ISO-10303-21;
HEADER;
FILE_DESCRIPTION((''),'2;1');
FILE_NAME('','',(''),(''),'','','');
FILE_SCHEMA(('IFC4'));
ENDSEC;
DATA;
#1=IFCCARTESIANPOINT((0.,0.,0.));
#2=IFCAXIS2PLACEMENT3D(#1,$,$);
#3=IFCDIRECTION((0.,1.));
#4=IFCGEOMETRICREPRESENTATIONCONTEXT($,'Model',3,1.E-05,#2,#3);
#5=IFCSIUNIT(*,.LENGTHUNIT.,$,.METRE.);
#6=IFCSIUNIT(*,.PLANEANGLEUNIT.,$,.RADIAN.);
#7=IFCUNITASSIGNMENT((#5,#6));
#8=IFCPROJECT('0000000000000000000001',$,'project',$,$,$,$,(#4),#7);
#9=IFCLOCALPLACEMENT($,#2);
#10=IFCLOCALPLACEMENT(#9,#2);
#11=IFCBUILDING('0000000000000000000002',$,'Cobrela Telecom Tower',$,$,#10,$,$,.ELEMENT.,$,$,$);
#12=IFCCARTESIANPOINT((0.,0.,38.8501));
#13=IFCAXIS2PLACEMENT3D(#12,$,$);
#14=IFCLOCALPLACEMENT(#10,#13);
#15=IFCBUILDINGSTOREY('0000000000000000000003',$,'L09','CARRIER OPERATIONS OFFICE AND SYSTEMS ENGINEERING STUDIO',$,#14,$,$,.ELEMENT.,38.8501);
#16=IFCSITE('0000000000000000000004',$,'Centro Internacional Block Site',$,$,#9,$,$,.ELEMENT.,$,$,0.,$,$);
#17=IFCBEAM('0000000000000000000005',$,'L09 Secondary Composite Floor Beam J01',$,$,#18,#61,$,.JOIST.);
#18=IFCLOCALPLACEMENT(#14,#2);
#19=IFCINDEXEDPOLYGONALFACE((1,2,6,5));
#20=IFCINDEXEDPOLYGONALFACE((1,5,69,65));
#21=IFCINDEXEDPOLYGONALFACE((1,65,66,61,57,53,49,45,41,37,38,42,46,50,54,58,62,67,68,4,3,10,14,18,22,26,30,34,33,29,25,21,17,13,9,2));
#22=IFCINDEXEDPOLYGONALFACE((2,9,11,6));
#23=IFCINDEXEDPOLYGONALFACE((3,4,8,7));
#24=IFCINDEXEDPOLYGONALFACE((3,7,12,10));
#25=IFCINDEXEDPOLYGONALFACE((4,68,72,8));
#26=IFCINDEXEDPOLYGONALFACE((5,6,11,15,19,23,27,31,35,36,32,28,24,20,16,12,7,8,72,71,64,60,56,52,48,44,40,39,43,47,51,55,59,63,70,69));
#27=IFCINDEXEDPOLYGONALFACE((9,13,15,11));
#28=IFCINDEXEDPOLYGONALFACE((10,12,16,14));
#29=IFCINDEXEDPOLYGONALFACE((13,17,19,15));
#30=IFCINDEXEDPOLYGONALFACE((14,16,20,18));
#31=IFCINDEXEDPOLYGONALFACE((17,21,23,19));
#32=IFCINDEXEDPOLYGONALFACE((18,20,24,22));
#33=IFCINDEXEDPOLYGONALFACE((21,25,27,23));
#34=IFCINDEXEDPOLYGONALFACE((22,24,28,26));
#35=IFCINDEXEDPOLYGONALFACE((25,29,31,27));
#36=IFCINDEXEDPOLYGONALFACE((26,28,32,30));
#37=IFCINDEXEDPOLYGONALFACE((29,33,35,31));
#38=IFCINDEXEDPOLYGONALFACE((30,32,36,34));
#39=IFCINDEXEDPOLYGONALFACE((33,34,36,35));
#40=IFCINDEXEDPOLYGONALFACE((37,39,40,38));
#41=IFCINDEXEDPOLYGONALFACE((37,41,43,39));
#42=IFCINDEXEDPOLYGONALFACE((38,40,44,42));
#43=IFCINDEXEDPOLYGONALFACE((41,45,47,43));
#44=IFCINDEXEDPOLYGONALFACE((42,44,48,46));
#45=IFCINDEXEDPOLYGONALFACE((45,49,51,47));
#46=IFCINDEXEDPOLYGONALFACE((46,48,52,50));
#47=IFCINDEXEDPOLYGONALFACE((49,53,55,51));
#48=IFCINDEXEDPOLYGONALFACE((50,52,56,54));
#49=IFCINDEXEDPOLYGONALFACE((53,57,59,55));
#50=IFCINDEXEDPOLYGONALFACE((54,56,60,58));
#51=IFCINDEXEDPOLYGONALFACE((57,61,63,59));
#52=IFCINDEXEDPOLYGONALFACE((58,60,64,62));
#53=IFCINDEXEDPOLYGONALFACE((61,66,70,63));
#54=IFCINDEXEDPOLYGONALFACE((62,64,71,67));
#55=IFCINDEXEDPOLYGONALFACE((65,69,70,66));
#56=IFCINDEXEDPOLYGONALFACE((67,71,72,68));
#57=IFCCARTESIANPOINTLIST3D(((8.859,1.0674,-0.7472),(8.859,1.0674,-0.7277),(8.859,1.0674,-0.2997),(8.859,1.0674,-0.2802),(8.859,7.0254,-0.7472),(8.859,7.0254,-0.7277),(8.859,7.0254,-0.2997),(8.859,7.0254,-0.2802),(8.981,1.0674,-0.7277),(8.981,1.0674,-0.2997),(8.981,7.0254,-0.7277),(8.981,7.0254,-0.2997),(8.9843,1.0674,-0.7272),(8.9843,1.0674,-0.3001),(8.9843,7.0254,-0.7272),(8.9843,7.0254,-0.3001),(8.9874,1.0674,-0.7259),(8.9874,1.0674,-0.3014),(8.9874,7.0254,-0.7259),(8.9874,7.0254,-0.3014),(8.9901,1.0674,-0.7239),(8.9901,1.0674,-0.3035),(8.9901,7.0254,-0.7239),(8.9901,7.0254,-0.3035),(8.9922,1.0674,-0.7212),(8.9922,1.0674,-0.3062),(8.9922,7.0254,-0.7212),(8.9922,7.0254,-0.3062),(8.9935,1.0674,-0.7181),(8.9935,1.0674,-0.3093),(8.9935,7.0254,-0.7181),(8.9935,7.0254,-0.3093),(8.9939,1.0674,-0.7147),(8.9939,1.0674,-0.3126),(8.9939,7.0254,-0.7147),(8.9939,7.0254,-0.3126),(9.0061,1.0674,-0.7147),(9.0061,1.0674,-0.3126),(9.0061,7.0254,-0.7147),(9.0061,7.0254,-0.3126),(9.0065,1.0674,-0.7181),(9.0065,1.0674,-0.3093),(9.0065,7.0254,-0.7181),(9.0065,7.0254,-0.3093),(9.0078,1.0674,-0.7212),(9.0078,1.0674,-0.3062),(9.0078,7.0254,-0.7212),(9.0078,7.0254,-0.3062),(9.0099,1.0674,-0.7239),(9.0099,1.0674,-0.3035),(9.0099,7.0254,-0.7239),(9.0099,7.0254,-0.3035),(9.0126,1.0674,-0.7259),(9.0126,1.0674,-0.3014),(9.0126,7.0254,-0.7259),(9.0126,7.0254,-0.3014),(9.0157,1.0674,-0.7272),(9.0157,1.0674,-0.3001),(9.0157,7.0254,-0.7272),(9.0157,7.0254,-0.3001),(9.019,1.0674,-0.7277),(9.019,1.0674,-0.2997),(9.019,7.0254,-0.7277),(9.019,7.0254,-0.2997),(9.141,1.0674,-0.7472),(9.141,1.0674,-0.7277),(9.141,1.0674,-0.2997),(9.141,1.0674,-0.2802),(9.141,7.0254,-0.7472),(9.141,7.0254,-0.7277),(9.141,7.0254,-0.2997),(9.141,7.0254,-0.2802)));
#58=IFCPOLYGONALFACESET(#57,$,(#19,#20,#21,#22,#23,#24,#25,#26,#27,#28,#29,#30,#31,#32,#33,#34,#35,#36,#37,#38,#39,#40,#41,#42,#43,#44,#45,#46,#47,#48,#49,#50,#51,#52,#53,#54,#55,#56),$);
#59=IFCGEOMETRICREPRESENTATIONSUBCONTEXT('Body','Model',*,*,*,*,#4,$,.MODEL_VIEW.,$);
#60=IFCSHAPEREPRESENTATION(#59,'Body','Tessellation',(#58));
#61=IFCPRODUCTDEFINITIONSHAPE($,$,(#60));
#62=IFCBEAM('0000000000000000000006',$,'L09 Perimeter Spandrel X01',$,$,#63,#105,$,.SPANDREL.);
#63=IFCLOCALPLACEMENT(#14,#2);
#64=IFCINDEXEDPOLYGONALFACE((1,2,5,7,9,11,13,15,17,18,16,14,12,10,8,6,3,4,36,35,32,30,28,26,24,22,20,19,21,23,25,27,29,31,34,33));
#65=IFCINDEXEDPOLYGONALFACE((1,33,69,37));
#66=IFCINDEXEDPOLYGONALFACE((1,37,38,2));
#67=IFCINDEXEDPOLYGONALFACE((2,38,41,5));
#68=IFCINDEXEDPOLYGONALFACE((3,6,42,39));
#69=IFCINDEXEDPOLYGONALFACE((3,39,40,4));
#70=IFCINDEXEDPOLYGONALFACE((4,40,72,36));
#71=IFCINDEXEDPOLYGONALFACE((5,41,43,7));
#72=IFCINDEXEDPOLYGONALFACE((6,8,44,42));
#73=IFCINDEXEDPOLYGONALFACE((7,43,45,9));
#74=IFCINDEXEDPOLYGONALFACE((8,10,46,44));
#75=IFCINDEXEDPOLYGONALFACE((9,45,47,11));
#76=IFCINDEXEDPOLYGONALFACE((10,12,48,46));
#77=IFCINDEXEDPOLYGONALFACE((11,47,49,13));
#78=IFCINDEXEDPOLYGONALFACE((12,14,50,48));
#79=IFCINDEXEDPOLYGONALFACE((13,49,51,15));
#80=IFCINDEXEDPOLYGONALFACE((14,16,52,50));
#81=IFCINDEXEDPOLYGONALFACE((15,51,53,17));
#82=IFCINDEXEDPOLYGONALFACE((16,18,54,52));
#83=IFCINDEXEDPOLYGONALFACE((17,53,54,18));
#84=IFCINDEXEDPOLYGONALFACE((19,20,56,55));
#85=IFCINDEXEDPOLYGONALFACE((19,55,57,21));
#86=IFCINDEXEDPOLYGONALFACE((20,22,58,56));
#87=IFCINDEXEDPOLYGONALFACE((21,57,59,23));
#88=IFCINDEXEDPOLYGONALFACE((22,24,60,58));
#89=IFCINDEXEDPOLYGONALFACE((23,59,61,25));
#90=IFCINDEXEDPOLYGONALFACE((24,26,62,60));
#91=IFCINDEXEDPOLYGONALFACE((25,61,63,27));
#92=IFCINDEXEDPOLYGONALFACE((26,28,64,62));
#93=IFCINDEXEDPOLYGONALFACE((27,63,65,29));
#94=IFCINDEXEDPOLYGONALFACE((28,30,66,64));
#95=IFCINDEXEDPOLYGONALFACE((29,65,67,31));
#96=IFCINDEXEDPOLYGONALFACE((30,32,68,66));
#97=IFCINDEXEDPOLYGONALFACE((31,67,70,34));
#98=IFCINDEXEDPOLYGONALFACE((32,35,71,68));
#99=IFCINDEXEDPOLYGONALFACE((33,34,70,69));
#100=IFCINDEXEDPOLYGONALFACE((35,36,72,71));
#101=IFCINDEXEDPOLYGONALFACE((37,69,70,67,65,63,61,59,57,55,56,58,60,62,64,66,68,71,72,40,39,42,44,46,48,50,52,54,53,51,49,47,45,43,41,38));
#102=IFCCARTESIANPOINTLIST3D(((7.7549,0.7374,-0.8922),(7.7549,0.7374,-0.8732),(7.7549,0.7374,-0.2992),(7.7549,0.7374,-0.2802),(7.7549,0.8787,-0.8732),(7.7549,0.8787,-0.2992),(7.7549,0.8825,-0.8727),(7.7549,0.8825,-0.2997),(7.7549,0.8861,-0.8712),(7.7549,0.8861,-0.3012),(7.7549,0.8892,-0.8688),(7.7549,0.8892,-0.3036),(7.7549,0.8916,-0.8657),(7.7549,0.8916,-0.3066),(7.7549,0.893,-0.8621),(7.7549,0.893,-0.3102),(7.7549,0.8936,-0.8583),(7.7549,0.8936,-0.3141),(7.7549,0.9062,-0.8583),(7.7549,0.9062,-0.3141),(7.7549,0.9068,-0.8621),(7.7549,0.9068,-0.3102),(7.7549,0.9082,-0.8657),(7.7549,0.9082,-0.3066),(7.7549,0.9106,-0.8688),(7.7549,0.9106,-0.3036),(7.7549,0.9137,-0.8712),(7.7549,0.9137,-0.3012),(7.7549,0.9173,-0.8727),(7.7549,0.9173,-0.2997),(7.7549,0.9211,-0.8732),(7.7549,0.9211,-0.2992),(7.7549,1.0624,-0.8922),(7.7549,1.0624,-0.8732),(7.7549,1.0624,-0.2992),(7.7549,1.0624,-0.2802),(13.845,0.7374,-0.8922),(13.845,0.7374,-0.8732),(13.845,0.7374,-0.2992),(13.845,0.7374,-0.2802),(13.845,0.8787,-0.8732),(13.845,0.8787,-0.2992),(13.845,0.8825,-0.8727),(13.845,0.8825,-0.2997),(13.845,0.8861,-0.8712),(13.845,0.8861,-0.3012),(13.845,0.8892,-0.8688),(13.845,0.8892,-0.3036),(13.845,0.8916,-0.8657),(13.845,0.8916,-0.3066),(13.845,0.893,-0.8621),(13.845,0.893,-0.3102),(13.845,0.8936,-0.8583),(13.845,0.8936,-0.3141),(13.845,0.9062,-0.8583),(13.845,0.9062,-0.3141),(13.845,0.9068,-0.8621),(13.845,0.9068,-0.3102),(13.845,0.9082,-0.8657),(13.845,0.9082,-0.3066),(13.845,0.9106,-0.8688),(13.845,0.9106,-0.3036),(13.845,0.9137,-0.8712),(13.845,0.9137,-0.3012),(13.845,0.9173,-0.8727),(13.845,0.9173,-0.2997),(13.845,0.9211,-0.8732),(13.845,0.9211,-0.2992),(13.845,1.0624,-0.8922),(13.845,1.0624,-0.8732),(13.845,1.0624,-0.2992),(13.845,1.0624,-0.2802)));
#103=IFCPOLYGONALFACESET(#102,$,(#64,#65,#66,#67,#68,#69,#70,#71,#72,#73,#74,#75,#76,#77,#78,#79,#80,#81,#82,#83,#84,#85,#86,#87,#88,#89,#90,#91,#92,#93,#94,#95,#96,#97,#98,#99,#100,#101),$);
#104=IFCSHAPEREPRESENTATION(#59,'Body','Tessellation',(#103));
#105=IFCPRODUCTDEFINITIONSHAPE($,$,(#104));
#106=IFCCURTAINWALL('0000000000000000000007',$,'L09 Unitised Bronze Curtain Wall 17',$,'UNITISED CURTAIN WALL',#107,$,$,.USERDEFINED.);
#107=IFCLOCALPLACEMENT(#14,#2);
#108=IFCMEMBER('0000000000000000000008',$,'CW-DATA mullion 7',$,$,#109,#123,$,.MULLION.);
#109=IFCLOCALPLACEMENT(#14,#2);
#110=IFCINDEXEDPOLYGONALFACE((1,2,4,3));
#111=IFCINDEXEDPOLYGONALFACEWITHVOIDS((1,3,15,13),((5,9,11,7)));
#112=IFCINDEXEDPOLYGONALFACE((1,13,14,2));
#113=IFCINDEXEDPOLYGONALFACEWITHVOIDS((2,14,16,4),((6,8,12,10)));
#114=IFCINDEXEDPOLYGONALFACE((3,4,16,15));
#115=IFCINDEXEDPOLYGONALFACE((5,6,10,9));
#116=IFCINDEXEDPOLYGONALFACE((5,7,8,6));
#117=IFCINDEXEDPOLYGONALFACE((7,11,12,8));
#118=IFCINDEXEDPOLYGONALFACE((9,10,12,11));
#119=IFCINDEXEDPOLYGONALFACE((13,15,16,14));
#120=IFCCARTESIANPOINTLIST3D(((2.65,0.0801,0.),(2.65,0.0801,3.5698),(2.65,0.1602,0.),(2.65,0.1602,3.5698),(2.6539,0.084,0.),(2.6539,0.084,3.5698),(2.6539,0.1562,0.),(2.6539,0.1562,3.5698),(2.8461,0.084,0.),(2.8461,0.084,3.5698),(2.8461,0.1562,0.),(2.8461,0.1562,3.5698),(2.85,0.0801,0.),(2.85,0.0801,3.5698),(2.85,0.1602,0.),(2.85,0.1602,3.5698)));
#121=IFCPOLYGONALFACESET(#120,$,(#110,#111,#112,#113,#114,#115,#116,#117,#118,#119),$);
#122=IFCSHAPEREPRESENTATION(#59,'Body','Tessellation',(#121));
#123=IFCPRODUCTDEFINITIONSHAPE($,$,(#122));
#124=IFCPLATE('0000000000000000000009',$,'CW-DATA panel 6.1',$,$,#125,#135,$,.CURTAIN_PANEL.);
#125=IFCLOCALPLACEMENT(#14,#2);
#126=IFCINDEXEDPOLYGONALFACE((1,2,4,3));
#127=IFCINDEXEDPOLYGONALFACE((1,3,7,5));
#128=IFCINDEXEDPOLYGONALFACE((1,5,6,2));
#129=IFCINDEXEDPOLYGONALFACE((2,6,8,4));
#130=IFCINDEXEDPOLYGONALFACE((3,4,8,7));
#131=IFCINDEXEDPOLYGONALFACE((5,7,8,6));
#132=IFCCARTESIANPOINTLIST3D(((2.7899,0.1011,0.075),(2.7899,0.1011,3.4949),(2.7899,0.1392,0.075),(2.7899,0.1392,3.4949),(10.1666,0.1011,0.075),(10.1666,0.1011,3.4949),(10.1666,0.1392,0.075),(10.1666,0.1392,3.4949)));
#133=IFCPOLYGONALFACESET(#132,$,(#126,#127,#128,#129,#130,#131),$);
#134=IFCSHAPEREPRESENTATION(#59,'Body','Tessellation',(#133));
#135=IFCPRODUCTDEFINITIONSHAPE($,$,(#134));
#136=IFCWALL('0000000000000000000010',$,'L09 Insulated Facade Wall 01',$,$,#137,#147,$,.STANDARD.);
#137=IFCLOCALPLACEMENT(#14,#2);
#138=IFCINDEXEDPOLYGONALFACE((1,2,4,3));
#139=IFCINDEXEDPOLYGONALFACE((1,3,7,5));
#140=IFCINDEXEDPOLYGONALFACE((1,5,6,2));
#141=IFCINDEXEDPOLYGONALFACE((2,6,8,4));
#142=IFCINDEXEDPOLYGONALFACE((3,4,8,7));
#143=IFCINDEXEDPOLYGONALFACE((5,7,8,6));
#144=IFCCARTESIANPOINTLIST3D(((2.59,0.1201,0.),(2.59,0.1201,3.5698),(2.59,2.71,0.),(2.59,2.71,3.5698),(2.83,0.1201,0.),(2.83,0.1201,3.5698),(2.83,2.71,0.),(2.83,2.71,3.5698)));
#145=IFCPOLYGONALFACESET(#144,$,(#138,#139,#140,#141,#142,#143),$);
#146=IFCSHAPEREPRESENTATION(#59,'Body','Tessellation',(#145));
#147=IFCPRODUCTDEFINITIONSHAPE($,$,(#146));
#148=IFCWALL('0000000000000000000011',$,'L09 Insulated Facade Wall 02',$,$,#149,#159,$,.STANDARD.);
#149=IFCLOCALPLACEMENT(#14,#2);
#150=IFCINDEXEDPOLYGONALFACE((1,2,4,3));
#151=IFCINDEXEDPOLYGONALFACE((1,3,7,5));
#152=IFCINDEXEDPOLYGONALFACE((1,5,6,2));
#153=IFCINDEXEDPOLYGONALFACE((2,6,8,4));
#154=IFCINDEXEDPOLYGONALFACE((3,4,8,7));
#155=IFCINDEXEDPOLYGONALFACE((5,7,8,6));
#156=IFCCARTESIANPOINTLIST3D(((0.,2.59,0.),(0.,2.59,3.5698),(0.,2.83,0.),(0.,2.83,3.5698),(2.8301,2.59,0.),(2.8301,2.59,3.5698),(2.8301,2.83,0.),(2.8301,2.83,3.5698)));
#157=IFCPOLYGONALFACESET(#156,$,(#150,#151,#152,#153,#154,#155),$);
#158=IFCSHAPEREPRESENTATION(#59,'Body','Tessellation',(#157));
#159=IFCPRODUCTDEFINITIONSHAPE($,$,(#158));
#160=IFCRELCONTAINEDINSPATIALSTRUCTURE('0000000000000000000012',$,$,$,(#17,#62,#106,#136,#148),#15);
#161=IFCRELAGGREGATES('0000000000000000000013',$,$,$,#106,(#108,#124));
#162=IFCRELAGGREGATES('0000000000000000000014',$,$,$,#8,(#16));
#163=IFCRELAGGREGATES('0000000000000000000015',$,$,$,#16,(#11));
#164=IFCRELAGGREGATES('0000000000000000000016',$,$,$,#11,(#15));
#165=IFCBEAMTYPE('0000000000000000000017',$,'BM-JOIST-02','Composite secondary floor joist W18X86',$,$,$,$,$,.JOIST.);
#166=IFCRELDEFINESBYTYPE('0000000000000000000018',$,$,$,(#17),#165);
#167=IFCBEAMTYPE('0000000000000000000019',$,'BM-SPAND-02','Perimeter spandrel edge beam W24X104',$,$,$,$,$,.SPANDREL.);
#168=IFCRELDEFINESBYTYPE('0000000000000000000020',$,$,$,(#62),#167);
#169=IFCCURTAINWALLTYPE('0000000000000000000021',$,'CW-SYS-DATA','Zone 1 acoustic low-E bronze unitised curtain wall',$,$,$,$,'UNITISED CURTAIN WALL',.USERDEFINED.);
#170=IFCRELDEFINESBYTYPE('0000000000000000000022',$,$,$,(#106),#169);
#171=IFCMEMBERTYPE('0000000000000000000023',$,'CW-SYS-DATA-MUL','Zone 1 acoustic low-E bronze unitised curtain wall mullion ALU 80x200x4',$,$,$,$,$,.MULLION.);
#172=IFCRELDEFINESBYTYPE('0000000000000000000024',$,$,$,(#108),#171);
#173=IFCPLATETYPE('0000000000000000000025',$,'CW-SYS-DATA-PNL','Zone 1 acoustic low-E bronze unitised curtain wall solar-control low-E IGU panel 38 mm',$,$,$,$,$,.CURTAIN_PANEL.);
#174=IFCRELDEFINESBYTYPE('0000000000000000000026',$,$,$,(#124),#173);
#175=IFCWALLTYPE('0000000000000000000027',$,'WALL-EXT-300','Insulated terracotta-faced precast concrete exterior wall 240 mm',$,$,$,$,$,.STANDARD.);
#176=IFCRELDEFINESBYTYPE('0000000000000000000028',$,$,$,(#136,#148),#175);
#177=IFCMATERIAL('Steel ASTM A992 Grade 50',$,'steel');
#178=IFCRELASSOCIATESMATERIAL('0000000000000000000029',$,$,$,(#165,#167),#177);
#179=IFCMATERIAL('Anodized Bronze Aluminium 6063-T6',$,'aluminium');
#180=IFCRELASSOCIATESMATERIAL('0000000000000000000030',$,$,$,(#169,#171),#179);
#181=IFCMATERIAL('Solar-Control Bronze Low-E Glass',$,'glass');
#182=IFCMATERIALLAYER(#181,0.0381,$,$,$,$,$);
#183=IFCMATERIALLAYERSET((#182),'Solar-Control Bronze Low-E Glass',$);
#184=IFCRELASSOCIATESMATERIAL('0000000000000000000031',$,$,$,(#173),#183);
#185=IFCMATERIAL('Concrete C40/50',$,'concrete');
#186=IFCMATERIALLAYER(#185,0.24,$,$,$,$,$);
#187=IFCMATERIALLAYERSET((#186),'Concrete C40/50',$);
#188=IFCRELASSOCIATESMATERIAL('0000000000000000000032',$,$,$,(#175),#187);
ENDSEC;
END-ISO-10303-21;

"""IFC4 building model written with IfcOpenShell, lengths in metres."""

from ifc_helpers import new_model, si_unit, direction, frame, frame_2d, origin, origin_2d, place, context, subcontext, project, spatial, rectangle, hollow_rectangle, i_section, extrude, material, layer, layer_set, material_profile, profile_set, type_object, element, aggregate, save


model = new_model("IFC4")

# Units and contexts
model_context = context("Model", 3, precision=1e-05, world=origin(), true_north=direction((0.0, 1.0)))
body_context = subcontext(model_context, "Body", "Model", "MODEL_VIEW")
ifc_project = project(units=[si_unit("LENGTHUNIT", "METRE"), si_unit("PLANEANGLEUNIT", "RADIAN")], contexts=[model_context])

# Site, building, storey
site_placement = place(None, origin())
site = spatial("IfcSite", under=ifc_project, at=site_placement, Name="Centro Internacional Block Site", CompositionType="ELEMENT", RefElevation=0.0)
building_placement = place(site_placement, origin())
building = spatial("IfcBuilding", under=site, at=building_placement, Name="Cobrela Telecom Tower", CompositionType="ELEMENT")
storey_placement = place(building_placement, frame((0.0, 0.0, 38.8501)))
storey = spatial("IfcBuildingStorey", under=building, at=storey_placement, Name="L09", Description="CARRIER OPERATIONS OFFICE AND SYSTEMS ENGINEERING STUDIO", CompositionType="ELEMENT", Elevation=38.8501)

# Beams
ifc_material_1 = material(Name="Steel ASTM A992 Grade 50", Category="steel")
ifc_material_profile_1 = material_profile(ifc_material_1, i_section(OverallWidth=0.282, OverallDepth=0.467, WebThickness=0.0122, FlangeThickness=0.0195, FilletRadius=0.0129, at=origin_2d()), Name="W18X86")
ifc_profile_set_1 = profile_set([ifc_material_profile_1], Name="Steel ASTM A992 Grade 50")
beam_type_1 = type_object("IfcBeamType", Name="BM-JOIST-02", Description="Composite secondary floor joist W18X86", PredefinedType="JOIST", material=ifc_profile_set_1)
beam_1_placement = place(storey_placement, frame((9.0, 1.0674, -0.5137), z_axis=(0.0, 1.0, 0.0), x_axis=(-1.0, 0.0, 0.0)))
element("IfcBeam", 1, at=beam_1_placement, inside=storey, type_object=beam_type_1, Name="L09 Secondary Composite Floor Beam J01", PredefinedType="JOIST", context=body_context, shape_type="SweptSolid", body=[
    extrude(i_section(OverallWidth=0.282, OverallDepth=0.467, WebThickness=0.0122, FlangeThickness=0.0195, FilletRadius=0.0129, at=origin_2d()), origin(), (0.0, 0.0, 1.0), 5.958),
])
ifc_material_profile_2 = material_profile(ifc_material_1, i_section(OverallWidth=0.325, OverallDepth=0.6121, WebThickness=0.0127, FlangeThickness=0.019, FilletRadius=0.0149, at=origin_2d()), Name="W24X104")
ifc_profile_set_2 = profile_set([ifc_material_profile_2], Name="Steel ASTM A992 Grade 50")
beam_type_2 = type_object("IfcBeamType", Name="BM-SPAND-02", Description="Perimeter spandrel edge beam W24X104", PredefinedType="SPANDREL", material=ifc_profile_set_2)
beam_2_placement = place(storey_placement, frame((7.7549, 0.8999, -0.5862), z_axis=(1.0, 0.0, 0.0), x_axis=(0.0, 1.0, 0.0)))
element("IfcBeam", 2, at=beam_2_placement, inside=storey, type_object=beam_type_2, Name="L09 Perimeter Spandrel X01", PredefinedType="SPANDREL", context=body_context, shape_type="SweptSolid", body=[
    extrude(i_section(OverallWidth=0.325, OverallDepth=0.6121, WebThickness=0.0127, FlangeThickness=0.019, FilletRadius=0.0149, at=origin_2d()), origin(), (0.0, 0.0, 1.0), 6.0901),
])

# Curtain wall, member, plate
ifc_material_2 = material(Name="Anodized Bronze Aluminium 6063-T6", Category="aluminium")
curtain_wall_type = type_object("IfcCurtainWallType", Name="CW-SYS-DATA", Description="Zone 1 acoustic low-E bronze unitised curtain wall", ElementType="UNITISED CURTAIN WALL", PredefinedType="USERDEFINED", material=ifc_material_2)
curtain_wall_placement = place(storey_placement, origin())
curtain_wall = element("IfcCurtainWall", 3, at=curtain_wall_placement, inside=storey, type_object=curtain_wall_type, Name="L09 Unitised Bronze Curtain Wall 17", ObjectType="UNITISED CURTAIN WALL", PredefinedType="USERDEFINED")
ifc_material_profile_3 = material_profile(ifc_material_2, hollow_rectangle(XDim=0.0801, YDim=0.2, WallThickness=0.0039, at=origin_2d()), Name="ALU 80x200x4")
ifc_profile_set_3 = profile_set([ifc_material_profile_3], Name="Anodized Bronze Aluminium 6063-T6")
member_type = type_object("IfcMemberType", Name="CW-SYS-DATA-MUL", Description="Zone 1 acoustic low-E bronze unitised curtain wall mullion ALU 80x200x4", PredefinedType="MULLION", material=ifc_profile_set_3)
member_placement = place(storey_placement, frame((2.75, 0.1201, 0.0), z_axis=(0.0, 0.0, 1.0), x_axis=(0.0, -1.0, 0.0)))
member = element("IfcMember", 4, at=member_placement, type_object=member_type, Name="CW-DATA mullion 7", PredefinedType="MULLION", context=body_context, shape_type="SweptSolid", body=[
    extrude(hollow_rectangle(XDim=0.0801, YDim=0.2, WallThickness=0.0039, at=origin_2d()), origin(), (0.0, 0.0, 1.0), 3.5698),
])
ifc_material_3 = material(Name="Solar-Control Bronze Low-E Glass", Category="glass")
ifc_layer_1 = layer(ifc_material_3, 0.0381)
ifc_layer_set_1 = layer_set([ifc_layer_1], Name="Solar-Control Bronze Low-E Glass")
plate_type = type_object("IfcPlateType", Name="CW-SYS-DATA-PNL", Description="Zone 1 acoustic low-E bronze unitised curtain wall solar-control low-E IGU panel 38 mm", PredefinedType="CURTAIN_PANEL", material=ifc_layer_set_1)
plate_placement = place(storey_placement, frame((6.4783, 0.1201, 0.075), z_axis=(0.0, 0.0, 1.0), x_axis=(-1.0, 0.0, 0.0)))
plate = element("IfcPlate", 5, at=plate_placement, type_object=plate_type, Name="CW-DATA panel 6.1", PredefinedType="CURTAIN_PANEL", context=body_context, shape_type="SweptSolid", body=[
    extrude(rectangle(XDim=7.3767, YDim=0.0381, at=origin_2d()), origin(), (0.0, 0.0, 1.0), 3.4199),
])
aggregate(curtain_wall, [member, plate])

# Walls
ifc_material_4 = material(Name="Concrete C40/50", Category="concrete")
ifc_layer_2 = layer(ifc_material_4, 0.24)
ifc_layer_set_2 = layer_set([ifc_layer_2], Name="Concrete C40/50")
wall_type = type_object("IfcWallType", Name="WALL-EXT-300", Description="Insulated terracotta-faced precast concrete exterior wall 240 mm", PredefinedType="STANDARD", material=ifc_layer_set_2)
wall_1_placement = place(storey_placement, frame((2.71, 0.1201, 0.0), z_axis=(0.0, 0.0, 1.0), x_axis=(0.0, 1.0, 0.0)))
element("IfcWall", 6, at=wall_1_placement, inside=storey, type_object=wall_type, Name="L09 Insulated Facade Wall 01", PredefinedType="STANDARD", context=body_context, shape_type="SweptSolid", body=[
    extrude(rectangle(XDim=2.5898, YDim=0.24, at=frame_2d((1.2949, 0.0))), origin(), (0.0, 0.0, 1.0), 3.5698),
])
wall_2_placement = place(storey_placement, frame((2.8301, 2.71, 0.0), z_axis=(0.0, 0.0, 1.0), x_axis=(-1.0, 0.0, 0.0)))
element("IfcWall", 7, at=wall_2_placement, inside=storey, type_object=wall_type, Name="L09 Insulated Facade Wall 02", PredefinedType="STANDARD", context=body_context, shape_type="SweptSolid", body=[
    extrude(rectangle(XDim=2.8301, YDim=0.24, at=frame_2d((1.415, 0.0))), origin(), (0.0, 0.0, 1.0), 3.5698),
])

save(model, "model.ifc")
